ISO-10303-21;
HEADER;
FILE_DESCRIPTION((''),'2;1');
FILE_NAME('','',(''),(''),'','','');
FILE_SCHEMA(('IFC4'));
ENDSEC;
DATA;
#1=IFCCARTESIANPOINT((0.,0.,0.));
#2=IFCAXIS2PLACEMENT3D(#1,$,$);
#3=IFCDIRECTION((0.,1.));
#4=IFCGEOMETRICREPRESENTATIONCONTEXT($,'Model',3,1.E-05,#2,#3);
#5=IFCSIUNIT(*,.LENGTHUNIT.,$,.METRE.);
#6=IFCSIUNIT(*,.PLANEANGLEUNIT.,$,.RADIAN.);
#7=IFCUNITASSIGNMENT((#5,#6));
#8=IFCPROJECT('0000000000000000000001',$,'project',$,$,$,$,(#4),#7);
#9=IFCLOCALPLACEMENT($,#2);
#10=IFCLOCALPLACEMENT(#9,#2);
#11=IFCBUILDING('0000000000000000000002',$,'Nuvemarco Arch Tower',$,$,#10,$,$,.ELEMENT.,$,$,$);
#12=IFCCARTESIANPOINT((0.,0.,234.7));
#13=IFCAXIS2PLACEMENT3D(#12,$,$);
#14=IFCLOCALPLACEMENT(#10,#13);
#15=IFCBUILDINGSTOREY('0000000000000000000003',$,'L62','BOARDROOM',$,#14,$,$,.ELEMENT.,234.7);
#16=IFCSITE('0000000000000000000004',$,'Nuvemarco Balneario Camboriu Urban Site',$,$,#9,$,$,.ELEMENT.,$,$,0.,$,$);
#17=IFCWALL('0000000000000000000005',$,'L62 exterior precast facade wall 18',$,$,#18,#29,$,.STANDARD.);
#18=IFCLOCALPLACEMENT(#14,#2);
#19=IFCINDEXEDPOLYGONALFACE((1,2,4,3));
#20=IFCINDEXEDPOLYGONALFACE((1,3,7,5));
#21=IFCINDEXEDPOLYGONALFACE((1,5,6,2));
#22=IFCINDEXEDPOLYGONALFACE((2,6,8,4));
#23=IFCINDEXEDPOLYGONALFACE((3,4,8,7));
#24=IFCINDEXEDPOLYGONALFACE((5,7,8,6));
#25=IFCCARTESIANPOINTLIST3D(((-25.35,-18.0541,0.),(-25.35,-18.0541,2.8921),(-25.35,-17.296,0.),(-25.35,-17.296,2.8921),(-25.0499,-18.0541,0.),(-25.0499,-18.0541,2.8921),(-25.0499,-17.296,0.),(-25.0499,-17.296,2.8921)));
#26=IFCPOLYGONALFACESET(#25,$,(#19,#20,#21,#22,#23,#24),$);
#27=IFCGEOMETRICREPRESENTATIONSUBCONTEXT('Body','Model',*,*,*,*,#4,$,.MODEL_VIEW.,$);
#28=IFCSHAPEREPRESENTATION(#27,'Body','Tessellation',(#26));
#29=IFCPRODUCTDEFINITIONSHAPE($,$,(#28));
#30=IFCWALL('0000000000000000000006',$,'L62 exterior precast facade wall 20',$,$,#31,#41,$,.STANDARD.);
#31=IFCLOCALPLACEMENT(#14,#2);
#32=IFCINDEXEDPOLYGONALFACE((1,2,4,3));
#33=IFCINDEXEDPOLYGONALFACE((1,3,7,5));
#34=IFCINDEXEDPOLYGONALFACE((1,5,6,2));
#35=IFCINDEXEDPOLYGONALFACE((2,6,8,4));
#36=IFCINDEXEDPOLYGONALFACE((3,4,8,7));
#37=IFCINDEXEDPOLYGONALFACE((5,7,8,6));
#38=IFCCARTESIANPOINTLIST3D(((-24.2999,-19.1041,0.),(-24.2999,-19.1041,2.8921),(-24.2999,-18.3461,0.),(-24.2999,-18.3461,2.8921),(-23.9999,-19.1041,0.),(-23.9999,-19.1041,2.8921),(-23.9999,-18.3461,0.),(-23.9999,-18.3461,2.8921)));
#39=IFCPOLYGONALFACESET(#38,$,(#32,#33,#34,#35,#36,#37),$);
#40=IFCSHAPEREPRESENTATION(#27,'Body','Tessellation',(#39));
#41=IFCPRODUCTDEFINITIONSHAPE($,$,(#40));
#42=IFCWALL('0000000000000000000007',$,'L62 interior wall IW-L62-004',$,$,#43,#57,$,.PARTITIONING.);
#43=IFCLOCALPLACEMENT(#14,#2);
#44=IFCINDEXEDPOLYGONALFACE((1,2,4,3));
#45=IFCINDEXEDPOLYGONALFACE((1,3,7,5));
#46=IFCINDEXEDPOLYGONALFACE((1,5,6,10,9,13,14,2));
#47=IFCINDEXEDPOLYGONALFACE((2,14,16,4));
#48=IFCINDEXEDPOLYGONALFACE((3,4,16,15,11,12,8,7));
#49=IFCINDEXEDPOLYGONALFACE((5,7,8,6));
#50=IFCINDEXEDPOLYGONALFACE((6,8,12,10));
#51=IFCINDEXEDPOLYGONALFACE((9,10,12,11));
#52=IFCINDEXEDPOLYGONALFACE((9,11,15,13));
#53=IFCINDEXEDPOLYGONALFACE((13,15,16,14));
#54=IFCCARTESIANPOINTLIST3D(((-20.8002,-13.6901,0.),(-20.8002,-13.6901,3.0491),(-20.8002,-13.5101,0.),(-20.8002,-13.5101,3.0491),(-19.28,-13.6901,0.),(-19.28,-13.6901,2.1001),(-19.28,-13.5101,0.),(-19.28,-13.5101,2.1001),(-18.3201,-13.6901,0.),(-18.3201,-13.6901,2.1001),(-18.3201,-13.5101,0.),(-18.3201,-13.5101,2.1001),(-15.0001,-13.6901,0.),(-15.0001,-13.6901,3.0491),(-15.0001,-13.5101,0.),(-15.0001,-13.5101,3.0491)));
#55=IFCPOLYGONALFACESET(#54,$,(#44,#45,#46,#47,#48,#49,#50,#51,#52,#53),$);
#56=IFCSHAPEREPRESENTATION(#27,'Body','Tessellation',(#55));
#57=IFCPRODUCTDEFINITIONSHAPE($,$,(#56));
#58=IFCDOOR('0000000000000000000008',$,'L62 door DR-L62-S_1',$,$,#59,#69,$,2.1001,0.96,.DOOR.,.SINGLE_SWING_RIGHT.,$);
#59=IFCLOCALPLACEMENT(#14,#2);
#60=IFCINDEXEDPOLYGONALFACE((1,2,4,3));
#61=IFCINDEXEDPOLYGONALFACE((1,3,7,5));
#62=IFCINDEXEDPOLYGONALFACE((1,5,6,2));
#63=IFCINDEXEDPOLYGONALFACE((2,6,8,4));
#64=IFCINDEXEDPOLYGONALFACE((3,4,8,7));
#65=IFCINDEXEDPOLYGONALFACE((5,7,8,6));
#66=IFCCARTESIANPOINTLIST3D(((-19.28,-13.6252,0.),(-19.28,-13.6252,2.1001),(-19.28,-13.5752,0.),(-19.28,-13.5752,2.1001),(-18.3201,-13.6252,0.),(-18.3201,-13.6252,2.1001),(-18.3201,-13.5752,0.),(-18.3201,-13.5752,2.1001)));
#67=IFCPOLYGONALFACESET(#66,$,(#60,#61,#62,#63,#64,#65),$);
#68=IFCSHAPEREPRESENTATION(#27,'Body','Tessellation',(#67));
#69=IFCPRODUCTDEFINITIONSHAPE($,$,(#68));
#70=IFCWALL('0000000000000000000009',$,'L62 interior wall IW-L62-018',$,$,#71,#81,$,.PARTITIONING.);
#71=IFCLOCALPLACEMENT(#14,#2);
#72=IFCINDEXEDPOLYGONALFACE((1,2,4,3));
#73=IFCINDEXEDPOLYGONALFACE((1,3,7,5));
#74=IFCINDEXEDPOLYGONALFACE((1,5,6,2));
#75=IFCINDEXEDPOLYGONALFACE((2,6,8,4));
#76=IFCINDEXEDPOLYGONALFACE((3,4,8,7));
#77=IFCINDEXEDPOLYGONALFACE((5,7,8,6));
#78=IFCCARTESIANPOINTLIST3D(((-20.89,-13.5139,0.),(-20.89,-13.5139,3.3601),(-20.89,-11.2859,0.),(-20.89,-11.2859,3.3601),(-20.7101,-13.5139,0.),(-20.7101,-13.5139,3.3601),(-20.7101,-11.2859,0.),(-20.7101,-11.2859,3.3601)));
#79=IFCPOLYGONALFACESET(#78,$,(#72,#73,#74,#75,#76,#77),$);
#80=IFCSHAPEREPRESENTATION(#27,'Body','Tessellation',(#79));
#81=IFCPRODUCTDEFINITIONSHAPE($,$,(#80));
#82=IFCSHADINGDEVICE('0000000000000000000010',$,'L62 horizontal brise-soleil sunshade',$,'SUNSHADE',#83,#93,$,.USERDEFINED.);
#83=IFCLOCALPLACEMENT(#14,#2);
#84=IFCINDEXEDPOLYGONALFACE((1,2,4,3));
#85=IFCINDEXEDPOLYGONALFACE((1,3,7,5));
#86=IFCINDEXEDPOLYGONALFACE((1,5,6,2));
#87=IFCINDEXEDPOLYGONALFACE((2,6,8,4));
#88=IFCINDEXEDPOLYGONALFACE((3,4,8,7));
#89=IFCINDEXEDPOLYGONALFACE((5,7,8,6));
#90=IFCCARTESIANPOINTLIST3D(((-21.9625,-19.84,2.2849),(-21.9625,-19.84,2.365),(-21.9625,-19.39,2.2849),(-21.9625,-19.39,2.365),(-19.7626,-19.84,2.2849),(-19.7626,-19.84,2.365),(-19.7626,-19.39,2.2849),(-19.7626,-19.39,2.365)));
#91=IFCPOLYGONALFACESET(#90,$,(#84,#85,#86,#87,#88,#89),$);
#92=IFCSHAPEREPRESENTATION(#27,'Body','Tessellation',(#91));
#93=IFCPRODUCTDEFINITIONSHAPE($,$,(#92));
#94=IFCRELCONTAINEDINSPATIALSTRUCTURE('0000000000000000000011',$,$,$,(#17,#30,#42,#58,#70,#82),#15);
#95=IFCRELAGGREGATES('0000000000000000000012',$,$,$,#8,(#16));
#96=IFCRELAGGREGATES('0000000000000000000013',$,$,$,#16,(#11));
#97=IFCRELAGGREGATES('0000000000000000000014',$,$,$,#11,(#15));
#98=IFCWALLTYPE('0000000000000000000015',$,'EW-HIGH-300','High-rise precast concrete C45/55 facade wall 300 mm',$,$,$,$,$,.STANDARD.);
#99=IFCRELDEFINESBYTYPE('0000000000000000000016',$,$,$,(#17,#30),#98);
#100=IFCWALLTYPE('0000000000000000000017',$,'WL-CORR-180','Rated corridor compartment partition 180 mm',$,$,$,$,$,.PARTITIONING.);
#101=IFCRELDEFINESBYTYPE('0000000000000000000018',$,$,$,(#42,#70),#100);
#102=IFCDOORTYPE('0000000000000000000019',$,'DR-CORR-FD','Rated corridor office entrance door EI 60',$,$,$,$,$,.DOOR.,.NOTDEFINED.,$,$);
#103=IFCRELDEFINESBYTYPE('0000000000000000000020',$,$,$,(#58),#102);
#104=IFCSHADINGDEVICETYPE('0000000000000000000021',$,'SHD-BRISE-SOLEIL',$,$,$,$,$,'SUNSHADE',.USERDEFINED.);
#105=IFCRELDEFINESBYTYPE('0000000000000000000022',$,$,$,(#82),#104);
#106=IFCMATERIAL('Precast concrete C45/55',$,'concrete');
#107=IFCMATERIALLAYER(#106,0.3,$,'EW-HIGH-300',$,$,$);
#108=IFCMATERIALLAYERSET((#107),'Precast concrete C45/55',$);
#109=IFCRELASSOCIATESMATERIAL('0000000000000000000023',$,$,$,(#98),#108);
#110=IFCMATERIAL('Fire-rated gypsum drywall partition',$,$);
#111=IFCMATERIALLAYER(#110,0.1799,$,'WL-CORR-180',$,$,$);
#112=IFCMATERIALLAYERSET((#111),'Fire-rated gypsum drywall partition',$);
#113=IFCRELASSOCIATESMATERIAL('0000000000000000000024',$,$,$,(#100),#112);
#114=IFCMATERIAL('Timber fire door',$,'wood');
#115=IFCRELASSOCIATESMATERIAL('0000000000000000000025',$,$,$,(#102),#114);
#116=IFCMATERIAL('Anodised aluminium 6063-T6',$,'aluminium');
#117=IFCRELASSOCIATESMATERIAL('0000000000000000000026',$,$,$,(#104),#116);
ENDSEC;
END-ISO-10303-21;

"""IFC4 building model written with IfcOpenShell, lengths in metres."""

from ifc_helpers import new_model, si_unit, direction, frame, frame_2d, origin, origin_2d, place, context, subcontext, project, spatial, rectangle, extrude, source, transform, mapped, material, layer, layer_set, type_object, type_shapes, element, fill, save


model = new_model("IFC4")

# Units and contexts
model_context = context("Model", 3, precision=1e-05, world=origin(), true_north=direction((0.0, 1.0)))
body_context = subcontext(model_context, "Body", "Model", "MODEL_VIEW")
ifc_project = project(units=[si_unit("LENGTHUNIT", "METRE"), si_unit("PLANEANGLEUNIT", "RADIAN")], contexts=[model_context])

# Site, building, storey
site_placement = place(None, origin())
site = spatial("IfcSite", under=ifc_project, at=site_placement, Name="Nuvemarco Balneario Camboriu Urban Site", CompositionType="ELEMENT", RefElevation=0.0)
building_placement = place(site_placement, origin())
building = spatial("IfcBuilding", under=site, at=building_placement, Name="Nuvemarco Arch Tower", CompositionType="ELEMENT")
storey_placement = place(building_placement, frame((0.0, 0.0, 234.7)))
storey = spatial("IfcBuildingStorey", under=building, at=storey_placement, Name="L62", Description="BOARDROOM", CompositionType="ELEMENT", Elevation=234.7)

# Shared definitions
ifc_material_1 = material(Name="Precast concrete C45/55", Category="concrete")
ifc_layer_1 = layer(ifc_material_1, 0.3, Name="EW-HIGH-300")
ifc_layer_set_1 = layer_set([ifc_layer_1], Name="Precast concrete C45/55")
wall_type_1 = type_object("IfcWallType", Name="EW-HIGH-300", Description="High-rise precast concrete C45/55 facade wall 300 mm", PredefinedType="STANDARD", material=ifc_layer_set_1)

# Walls
for number, where, z_axis, x_axis, name in (
    (1, (-25.2, -18.054, 0.0), (0.0, 0.0, 1.0), (0.0, 1.0, 0.0), "L62 exterior precast facade wall 18"),
    (2, (-24.1499, -19.104, 0.0), (0.0, 0.0, 1.0), (0.0, 1.0, 0.0), "L62 exterior precast facade wall 20"),
):
    element("IfcWall", number, at=place(storey_placement, frame(where, z_axis=z_axis, x_axis=x_axis)), inside=storey, type_object=wall_type_1, Name=name, PredefinedType="STANDARD", context=body_context, shape_type="SweptSolid", body=[
        extrude(rectangle(XDim=0.7581, YDim=0.3, at=frame_2d((0.3789, 0.0))), origin(), (0.0, 0.0, 1.0), 2.8921),
    ])

# Wall, opening, door
ifc_material_2 = material(Name="Fire-rated gypsum drywall partition")
ifc_layer_2 = layer(ifc_material_2, 0.1799, Name="WL-CORR-180")
ifc_layer_set_2 = layer_set([ifc_layer_2], Name="Fire-rated gypsum drywall partition")
wall_type_2 = type_object("IfcWallType", Name="WL-CORR-180", Description="Rated corridor compartment partition 180 mm", PredefinedType="PARTITIONING", material=ifc_layer_set_2)
wall_1_placement = place(storey_placement, frame((-20.8, -13.6001, 0.0), z_axis=(0.0, 0.0, 1.0), x_axis=(1.0, 0.0, 0.0)))
wall_1 = element("IfcWall", 3, at=wall_1_placement, inside=storey, type_object=wall_type_2, Name="L62 interior wall IW-L62-004", PredefinedType="PARTITIONING", context=body_context, shape_type="SweptSolid", body=[
    extrude(rectangle(XDim=5.8, YDim=0.1799, at=frame_2d((2.8999, 0.0))), origin(), (0.0, 0.0, 1.0), 3.0491),
])
opening_1_placement = place(wall_1_placement, frame((1.52, 0.0, 0.0)))
opening_1 = element("IfcOpeningElement", 4, at=opening_1_placement, cuts=wall_1, PredefinedType="OPENING", context=body_context, shape_type="SweptSolid", body=[
    extrude(rectangle(XDim=0.96, YDim=2.1001, at=frame_2d((0.48, 1.05))), frame((0.0, 0.0999, 0.0), z_axis=(0.0, -1.0, 0.0), x_axis=(1.0, 0.0, 0.0)), (0.0, 0.0, 1.0), 0.2),
])
ifc_material_3 = material(Name="Timber fire door", Category="wood")
door_type_1 = type_object("IfcDoorType", Name="DR-CORR-FD", Description="Rated corridor office entrance door EI 60", OperationType="NOTDEFINED", PredefinedType="DOOR", material=ifc_material_3)
shared_shape_1 = source(origin(), body_context, "Body", "SweptSolid", [
    extrude(rectangle(XDim=0.96, YDim=2.1001, at=frame_2d((0.48, 1.05))), frame((0.0, 0.0249, 0.0), z_axis=(0.0, -1.0, 0.0), x_axis=(1.0, 0.0, 0.0)), (0.0, 0.0, 1.0), 0.05),
])
type_shapes(door_type_1, [shared_shape_1])
door_1_placement = place(opening_1_placement, origin())
door_1 = element("IfcDoor", 5, at=door_1_placement, inside=storey, type_object=door_type_1, Name="L62 door DR-L62-S_1", OperationType="SINGLE_SWING_RIGHT", OverallHeight=2.1001, OverallWidth=0.96, PredefinedType="DOOR", context=body_context, shape_type="MappedRepresentation", body=[
    mapped(shared_shape_1, transform((0.0, 0.0, 0.0), scale=1.0)),
])
fill(opening_1, door_1)

# Wall
wall_2_placement = place(storey_placement, frame((-20.8, -13.5139, 0.0), z_axis=(0.0, 0.0, 1.0), x_axis=(0.0, 1.0, 0.0)))
element("IfcWall", 6, at=wall_2_placement, inside=storey, type_object=wall_type_2, Name="L62 interior wall IW-L62-018", PredefinedType="PARTITIONING", context=body_context, shape_type="SweptSolid", body=[
    extrude(rectangle(XDim=2.228, YDim=0.1799, at=frame_2d((1.114, 0.0))), origin(), (0.0, 0.0, 1.0), 3.3601),
])

# Shading device
ifc_material_4 = material(Name="Anodised aluminium 6063-T6", Category="aluminium")
shading_device_type = type_object("IfcShadingDeviceType", Name="SHD-BRISE-SOLEIL", ElementType="SUNSHADE", PredefinedType="USERDEFINED", material=ifc_material_4)
shared_shape_2 = source(origin(), body_context, "Body", "SweptSolid", [
    extrude(rectangle(XDim=2.2, YDim=0.45, at=origin_2d()), origin(), (0.0, 0.0, 1.0), 0.0801),
])
type_shapes(shading_device_type, [shared_shape_2])
shading_device_placement = place(storey_placement, frame((-20.8625, -19.615, 2.2849), z_axis=(0.0, 0.0, 1.0), x_axis=(1.0, 0.0, 0.0)))
element("IfcShadingDevice", 7, at=shading_device_placement, inside=storey, type_object=shading_device_type, Name="L62 horizontal brise-soleil sunshade", ObjectType="SUNSHADE", PredefinedType="USERDEFINED", context=body_context, shape_type="MappedRepresentation", body=[
    mapped(shared_shape_2, transform((0.0, 0.0, 0.0), scale=1.0)),
])

save(model, "model.ifc")
